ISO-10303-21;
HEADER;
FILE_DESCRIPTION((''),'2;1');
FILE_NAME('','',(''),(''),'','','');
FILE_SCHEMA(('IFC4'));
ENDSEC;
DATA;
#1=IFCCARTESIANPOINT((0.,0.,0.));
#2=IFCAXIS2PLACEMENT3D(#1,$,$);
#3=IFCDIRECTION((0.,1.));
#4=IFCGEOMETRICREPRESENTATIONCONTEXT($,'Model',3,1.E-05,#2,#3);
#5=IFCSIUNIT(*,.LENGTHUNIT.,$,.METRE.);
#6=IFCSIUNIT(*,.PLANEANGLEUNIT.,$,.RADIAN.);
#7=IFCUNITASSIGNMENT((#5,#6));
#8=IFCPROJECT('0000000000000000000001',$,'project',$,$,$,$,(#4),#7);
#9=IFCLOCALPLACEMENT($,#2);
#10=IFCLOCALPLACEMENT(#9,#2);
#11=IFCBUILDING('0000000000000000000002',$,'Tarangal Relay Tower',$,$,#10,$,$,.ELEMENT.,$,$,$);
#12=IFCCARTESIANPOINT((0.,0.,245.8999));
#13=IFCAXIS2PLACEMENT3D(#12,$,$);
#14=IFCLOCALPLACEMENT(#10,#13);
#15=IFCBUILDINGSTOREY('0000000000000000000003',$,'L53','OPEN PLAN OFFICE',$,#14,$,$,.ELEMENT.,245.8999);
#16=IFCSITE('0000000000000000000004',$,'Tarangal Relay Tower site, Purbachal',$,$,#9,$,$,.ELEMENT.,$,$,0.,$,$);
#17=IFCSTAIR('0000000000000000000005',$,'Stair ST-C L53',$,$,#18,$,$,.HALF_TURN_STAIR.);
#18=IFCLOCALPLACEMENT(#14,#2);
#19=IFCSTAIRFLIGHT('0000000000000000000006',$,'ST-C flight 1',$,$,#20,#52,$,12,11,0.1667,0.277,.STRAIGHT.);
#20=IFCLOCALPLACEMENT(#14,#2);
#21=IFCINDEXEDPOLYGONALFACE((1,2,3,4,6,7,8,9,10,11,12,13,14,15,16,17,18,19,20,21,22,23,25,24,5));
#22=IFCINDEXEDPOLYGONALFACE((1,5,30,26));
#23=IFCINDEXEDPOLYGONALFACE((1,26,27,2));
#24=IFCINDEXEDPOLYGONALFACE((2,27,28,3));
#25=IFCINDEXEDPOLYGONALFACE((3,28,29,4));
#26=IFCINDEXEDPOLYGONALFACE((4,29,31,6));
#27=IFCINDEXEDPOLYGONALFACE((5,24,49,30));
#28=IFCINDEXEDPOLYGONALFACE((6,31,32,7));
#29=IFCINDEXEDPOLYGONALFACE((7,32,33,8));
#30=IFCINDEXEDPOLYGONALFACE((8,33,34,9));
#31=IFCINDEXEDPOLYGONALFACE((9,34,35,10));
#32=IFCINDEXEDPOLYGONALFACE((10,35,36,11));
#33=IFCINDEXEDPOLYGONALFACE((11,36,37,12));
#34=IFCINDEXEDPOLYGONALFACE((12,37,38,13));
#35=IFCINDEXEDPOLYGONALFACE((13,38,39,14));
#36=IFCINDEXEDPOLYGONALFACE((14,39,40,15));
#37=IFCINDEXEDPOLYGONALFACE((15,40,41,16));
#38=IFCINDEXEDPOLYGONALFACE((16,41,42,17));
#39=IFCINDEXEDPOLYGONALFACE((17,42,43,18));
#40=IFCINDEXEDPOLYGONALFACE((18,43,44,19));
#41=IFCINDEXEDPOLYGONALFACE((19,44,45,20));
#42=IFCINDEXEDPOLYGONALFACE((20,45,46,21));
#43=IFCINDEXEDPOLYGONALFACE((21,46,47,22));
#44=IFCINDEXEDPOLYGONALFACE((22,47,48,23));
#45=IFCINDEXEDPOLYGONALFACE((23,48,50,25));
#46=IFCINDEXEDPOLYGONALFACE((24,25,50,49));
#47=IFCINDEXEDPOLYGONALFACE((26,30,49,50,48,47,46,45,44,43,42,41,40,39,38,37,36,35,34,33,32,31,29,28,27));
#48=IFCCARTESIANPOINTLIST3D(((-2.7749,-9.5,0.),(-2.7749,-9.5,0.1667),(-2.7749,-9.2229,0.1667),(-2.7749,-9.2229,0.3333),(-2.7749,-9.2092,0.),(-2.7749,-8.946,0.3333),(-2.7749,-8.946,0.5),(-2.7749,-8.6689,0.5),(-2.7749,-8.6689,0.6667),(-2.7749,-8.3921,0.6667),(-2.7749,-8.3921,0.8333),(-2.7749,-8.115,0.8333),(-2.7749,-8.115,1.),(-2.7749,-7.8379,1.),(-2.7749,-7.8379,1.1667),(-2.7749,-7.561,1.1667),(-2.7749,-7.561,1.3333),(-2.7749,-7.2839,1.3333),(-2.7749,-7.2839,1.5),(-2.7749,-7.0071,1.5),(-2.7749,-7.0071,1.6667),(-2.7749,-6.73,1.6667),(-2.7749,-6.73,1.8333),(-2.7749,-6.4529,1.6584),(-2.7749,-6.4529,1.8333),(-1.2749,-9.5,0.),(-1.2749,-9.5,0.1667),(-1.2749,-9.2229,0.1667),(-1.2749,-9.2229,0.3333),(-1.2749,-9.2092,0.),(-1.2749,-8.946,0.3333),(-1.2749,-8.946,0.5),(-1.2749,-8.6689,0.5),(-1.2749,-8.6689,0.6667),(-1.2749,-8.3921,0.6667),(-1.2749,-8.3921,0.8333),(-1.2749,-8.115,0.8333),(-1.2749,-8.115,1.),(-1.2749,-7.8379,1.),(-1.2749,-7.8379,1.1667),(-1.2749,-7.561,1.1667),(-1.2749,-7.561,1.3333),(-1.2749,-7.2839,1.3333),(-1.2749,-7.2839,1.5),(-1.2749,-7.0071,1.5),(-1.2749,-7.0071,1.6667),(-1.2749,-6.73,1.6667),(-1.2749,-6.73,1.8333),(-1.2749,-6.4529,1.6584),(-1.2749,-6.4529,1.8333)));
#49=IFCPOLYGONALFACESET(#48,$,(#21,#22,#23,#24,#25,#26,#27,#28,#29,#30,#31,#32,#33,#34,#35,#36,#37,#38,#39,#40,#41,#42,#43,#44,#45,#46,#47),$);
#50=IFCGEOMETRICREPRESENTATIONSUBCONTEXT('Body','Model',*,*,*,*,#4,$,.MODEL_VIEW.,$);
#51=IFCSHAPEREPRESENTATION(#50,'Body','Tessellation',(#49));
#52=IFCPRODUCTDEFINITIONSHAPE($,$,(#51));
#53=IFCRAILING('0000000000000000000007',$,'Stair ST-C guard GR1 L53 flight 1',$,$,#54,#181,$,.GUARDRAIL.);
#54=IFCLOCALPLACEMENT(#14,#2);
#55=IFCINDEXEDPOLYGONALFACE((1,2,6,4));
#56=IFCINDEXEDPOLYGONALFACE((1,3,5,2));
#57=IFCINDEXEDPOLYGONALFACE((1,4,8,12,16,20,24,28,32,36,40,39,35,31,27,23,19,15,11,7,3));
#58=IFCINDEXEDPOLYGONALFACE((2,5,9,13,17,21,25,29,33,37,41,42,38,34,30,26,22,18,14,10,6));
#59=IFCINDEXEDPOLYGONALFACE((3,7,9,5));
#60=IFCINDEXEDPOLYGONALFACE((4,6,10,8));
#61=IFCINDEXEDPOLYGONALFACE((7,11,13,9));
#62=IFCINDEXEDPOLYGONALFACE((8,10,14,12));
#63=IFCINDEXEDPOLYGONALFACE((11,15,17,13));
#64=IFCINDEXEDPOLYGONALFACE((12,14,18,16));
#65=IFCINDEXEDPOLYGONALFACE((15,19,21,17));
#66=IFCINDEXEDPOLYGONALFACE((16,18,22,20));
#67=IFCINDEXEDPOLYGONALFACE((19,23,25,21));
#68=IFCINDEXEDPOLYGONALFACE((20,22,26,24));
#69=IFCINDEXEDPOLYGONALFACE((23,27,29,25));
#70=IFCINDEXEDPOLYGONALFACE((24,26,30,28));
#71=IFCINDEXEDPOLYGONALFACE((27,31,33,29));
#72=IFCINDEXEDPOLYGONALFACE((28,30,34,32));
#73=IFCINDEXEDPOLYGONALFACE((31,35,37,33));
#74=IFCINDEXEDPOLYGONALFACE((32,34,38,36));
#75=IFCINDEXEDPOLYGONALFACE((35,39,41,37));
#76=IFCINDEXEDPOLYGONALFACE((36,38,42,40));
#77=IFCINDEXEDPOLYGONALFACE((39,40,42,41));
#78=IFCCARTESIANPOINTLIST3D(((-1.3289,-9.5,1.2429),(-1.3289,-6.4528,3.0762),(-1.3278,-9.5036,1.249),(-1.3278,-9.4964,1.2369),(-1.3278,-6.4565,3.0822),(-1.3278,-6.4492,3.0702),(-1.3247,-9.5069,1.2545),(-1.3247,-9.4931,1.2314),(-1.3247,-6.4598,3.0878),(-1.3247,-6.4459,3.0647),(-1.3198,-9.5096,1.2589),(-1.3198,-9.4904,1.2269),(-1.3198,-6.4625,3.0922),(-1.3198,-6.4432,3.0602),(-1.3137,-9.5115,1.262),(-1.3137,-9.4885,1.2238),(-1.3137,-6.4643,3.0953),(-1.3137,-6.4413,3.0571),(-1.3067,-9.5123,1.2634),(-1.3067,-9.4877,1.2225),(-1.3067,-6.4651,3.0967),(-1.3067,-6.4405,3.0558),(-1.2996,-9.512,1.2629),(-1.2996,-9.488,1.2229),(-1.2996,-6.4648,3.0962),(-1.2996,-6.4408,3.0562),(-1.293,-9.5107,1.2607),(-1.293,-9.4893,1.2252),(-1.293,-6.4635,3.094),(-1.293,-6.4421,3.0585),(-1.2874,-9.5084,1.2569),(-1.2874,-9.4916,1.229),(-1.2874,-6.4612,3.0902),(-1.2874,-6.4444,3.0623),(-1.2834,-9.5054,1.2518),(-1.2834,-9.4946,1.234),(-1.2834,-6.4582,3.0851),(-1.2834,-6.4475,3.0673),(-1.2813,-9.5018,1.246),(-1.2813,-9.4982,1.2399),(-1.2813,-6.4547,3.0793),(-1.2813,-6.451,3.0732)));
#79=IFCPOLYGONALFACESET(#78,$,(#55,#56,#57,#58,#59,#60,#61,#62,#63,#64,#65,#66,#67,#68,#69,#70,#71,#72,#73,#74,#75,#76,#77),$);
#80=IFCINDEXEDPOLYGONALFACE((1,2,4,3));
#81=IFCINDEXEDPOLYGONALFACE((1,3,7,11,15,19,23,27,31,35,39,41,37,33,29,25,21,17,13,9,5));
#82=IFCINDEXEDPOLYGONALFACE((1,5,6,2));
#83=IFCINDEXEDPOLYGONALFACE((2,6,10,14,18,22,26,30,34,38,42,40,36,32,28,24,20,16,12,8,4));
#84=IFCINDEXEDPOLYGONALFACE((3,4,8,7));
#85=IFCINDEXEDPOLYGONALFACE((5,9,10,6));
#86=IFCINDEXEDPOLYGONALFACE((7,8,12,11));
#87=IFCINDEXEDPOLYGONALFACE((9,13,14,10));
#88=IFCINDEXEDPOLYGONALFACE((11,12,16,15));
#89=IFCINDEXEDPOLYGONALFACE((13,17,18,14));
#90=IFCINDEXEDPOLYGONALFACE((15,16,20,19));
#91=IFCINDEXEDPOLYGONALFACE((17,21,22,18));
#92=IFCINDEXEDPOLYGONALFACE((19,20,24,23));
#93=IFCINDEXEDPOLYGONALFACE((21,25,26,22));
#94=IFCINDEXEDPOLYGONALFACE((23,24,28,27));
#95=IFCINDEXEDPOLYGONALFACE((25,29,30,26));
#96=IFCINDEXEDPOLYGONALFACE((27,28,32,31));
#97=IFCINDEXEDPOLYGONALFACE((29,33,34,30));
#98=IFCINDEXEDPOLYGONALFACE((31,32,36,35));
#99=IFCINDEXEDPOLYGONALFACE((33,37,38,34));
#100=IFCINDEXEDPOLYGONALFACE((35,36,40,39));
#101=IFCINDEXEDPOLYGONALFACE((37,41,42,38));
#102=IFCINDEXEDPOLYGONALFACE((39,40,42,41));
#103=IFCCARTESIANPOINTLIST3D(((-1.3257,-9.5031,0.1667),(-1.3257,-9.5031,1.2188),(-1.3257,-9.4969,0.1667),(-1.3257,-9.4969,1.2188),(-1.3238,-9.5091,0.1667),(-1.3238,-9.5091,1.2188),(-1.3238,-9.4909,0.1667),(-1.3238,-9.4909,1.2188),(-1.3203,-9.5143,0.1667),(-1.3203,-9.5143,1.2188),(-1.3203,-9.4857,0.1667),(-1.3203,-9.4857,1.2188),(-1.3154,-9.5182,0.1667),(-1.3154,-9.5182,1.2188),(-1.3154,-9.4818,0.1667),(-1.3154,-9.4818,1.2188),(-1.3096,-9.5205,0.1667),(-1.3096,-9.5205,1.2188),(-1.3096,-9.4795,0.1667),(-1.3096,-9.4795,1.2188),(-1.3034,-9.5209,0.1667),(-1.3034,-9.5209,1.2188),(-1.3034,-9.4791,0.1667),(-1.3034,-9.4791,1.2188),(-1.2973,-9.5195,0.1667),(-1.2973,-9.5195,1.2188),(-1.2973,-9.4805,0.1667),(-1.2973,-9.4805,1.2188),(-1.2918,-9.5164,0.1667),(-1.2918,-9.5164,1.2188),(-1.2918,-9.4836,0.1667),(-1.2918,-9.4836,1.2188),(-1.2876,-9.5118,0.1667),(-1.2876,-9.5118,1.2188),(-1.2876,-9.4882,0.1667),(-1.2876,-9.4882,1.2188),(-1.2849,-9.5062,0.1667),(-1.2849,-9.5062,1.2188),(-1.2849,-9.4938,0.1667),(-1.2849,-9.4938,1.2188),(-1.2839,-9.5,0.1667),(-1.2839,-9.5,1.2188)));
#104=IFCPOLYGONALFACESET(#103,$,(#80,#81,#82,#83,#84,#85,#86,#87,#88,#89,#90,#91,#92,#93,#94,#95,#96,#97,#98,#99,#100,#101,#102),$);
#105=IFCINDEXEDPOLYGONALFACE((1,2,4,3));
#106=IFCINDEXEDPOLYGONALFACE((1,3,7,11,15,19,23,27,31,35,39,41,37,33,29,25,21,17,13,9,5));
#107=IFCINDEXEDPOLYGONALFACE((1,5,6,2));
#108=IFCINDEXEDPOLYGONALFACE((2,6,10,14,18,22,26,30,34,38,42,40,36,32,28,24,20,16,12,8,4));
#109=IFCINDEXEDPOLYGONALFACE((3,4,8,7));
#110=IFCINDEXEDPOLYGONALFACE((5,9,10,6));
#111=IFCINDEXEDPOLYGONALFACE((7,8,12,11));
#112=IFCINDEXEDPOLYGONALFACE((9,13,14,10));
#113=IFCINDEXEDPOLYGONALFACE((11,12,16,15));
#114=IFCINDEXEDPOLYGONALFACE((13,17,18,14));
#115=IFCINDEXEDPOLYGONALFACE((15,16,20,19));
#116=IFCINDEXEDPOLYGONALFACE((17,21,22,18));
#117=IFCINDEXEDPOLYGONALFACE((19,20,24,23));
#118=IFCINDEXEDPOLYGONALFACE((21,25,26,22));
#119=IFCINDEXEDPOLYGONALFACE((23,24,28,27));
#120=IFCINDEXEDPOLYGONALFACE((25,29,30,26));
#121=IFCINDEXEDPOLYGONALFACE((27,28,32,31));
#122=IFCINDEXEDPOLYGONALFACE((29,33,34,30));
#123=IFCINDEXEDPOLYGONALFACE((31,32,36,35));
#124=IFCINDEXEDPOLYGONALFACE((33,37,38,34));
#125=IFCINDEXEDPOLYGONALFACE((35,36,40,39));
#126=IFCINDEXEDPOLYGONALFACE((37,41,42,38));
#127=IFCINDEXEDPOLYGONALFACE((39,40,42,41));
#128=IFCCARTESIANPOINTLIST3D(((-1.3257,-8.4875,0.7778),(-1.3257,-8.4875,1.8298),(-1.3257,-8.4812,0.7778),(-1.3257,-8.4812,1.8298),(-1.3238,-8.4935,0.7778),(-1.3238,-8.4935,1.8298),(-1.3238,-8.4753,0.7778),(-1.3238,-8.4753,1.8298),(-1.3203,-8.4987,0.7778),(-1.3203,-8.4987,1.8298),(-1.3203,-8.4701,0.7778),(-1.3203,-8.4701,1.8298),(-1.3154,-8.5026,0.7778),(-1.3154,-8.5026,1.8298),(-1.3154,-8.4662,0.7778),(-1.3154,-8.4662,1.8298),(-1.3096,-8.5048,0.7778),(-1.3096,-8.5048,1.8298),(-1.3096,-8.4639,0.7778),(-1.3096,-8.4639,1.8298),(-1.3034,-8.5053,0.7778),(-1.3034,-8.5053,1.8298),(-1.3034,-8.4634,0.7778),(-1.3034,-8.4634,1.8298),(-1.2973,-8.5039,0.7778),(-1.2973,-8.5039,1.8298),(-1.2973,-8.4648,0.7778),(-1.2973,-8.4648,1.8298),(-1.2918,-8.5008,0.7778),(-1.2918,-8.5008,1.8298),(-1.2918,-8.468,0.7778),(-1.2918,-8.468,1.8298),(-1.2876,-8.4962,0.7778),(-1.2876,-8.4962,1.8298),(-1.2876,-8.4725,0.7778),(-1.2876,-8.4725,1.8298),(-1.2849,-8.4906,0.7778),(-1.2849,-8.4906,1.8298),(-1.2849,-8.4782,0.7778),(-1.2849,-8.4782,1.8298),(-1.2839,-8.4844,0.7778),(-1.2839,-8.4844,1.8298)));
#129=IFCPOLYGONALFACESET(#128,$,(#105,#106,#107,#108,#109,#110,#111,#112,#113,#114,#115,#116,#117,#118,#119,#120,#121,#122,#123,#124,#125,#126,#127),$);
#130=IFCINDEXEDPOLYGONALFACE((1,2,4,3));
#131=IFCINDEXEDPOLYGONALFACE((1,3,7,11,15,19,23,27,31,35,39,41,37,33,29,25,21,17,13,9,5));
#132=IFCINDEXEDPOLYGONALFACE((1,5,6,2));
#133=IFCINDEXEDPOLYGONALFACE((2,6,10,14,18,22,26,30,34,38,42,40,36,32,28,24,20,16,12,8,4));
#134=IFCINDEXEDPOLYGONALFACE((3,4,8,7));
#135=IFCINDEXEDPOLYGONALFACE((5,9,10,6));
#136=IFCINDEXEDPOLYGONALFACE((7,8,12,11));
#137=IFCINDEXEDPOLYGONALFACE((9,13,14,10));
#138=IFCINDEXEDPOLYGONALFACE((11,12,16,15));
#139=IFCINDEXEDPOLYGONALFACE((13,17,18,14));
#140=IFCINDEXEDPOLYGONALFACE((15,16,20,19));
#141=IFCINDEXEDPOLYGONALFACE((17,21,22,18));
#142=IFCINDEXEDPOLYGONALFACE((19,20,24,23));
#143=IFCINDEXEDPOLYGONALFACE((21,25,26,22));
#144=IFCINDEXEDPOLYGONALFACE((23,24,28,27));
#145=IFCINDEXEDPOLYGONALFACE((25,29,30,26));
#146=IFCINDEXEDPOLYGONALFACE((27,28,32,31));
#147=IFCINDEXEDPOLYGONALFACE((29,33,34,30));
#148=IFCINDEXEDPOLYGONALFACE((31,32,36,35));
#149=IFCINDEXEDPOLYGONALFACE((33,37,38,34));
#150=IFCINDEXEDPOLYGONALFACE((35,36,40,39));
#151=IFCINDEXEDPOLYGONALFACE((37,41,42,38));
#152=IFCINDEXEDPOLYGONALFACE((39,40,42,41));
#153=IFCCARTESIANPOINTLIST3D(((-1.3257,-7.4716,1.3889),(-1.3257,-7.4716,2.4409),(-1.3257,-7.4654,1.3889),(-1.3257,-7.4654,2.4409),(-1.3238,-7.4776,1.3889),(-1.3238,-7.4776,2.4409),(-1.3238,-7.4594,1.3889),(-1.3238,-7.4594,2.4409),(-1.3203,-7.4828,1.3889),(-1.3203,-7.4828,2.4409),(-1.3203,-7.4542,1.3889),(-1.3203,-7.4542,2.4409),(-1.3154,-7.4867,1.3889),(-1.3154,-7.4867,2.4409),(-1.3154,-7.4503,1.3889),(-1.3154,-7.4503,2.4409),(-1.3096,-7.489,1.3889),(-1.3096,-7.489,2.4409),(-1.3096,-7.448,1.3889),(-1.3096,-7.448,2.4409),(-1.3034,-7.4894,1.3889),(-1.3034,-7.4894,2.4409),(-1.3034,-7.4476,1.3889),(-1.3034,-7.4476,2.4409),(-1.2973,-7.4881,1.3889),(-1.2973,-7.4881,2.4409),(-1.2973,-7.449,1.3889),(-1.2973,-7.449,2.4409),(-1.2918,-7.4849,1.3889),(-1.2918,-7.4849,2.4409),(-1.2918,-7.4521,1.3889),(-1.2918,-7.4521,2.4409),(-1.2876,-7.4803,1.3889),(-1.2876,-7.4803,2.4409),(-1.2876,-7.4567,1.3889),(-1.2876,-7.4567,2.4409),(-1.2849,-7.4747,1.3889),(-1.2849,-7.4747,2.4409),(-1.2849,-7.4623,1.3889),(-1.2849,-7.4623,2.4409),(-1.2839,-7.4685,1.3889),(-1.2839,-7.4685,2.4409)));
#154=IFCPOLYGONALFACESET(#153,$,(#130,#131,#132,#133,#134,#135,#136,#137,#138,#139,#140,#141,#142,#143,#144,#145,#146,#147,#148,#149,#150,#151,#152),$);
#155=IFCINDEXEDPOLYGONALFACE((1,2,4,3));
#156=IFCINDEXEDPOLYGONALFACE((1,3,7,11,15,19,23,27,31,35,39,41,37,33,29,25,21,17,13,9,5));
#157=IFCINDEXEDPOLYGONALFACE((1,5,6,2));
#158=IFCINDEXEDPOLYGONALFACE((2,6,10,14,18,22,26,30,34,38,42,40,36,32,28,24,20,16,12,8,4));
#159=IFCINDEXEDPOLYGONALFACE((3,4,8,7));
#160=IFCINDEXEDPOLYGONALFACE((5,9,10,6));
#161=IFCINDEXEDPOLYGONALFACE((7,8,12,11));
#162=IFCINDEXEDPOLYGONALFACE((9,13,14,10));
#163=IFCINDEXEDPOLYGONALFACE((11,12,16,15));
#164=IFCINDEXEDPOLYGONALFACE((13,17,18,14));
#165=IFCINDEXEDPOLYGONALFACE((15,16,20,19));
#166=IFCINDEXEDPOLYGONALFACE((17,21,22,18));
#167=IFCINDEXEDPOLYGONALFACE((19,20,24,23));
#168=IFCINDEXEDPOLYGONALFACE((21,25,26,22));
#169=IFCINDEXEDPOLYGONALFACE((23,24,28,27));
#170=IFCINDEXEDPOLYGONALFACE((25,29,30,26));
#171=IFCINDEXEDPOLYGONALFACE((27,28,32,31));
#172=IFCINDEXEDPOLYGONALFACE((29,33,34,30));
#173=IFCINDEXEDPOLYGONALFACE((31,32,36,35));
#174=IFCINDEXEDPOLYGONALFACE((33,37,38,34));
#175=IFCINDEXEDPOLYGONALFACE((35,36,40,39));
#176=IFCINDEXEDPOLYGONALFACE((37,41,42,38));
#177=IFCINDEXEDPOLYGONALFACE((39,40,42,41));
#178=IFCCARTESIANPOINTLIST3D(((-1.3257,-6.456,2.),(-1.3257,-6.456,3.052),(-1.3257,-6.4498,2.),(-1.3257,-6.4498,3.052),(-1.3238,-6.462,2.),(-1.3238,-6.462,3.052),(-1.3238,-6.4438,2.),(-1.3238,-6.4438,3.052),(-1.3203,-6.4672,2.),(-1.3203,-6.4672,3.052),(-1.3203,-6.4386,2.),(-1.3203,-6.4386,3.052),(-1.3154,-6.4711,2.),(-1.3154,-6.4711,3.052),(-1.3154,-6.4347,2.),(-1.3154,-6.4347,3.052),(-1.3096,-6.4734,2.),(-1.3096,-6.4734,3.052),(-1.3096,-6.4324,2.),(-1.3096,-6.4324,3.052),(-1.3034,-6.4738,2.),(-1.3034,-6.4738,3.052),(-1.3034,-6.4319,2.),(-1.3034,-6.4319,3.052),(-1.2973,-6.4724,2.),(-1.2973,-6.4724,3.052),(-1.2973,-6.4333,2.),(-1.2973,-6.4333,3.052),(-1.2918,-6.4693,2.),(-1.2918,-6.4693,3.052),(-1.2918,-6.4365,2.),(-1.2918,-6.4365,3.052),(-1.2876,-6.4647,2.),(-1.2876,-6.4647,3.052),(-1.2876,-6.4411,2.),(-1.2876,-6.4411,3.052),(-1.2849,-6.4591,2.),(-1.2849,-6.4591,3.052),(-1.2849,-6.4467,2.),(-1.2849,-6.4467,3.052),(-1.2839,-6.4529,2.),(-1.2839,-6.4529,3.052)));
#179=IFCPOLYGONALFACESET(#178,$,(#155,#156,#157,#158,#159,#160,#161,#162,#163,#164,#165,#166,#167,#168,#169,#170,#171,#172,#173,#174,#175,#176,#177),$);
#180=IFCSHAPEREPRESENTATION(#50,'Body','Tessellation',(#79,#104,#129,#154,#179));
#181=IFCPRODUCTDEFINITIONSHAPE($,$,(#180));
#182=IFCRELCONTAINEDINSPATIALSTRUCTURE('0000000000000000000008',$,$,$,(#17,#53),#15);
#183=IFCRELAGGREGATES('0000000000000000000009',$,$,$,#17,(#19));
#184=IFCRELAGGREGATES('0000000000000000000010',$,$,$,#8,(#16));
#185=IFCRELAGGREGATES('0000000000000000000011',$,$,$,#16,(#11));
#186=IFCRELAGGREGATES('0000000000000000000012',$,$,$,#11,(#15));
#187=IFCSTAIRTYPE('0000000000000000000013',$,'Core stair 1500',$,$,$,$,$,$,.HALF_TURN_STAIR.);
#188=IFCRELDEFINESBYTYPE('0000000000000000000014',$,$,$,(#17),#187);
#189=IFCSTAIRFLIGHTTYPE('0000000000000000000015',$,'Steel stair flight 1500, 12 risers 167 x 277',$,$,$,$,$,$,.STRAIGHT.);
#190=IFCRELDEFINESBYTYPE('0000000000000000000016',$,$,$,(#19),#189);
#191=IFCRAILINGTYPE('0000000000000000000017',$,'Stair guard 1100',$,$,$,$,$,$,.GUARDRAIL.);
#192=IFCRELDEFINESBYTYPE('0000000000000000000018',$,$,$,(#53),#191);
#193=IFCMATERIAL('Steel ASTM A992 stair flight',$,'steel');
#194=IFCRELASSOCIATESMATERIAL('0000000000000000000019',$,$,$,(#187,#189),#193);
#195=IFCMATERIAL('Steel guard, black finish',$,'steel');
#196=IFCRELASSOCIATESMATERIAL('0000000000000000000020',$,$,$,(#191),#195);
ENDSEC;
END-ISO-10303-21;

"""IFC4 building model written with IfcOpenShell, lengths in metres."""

from ifc_helpers import new_model, si_unit, direction, frame, origin, origin_2d, place, context, subcontext, project, spatial, polyline, circle, outline, extrude, material, type_object, element, aggregate, save


model = new_model("IFC4")

# Units and contexts
model_context = context("Model", 3, precision=1e-05, world=origin(), true_north=direction((0.0, 1.0)))
body_context = subcontext(model_context, "Body", "Model", "MODEL_VIEW")
ifc_project = project(units=[si_unit("LENGTHUNIT", "METRE"), si_unit("PLANEANGLEUNIT", "RADIAN")], contexts=[model_context])

# Site, building, storey
site_placement = place(None, origin())
site = spatial("IfcSite", under=ifc_project, at=site_placement, Name="Tarangal Relay Tower site, Purbachal", CompositionType="ELEMENT", RefElevation=0.0)
building_placement = place(site_placement, origin())
building = spatial("IfcBuilding", under=site, at=building_placement, Name="Tarangal Relay Tower", CompositionType="ELEMENT")
storey_placement = place(building_placement, frame((0.0, 0.0, 245.8999)))
storey = spatial("IfcBuildingStorey", under=building, at=storey_placement, Name="L53", Description="OPEN PLAN OFFICE", CompositionType="ELEMENT", Elevation=245.8999)

# Stair, stair flight
ifc_material_1 = material(Name="Steel ASTM A992 stair flight", Category="steel")
stair_type = type_object("IfcStairType", Name="Core stair 1500", PredefinedType="HALF_TURN_STAIR", material=ifc_material_1)
stair_placement = place(storey_placement, origin())
stair = element("IfcStair", 1, at=stair_placement, inside=storey, type_object=stair_type, Name="Stair ST-C L53", PredefinedType="HALF_TURN_STAIR")
stair_flight_type = type_object("IfcStairFlightType", Name="Steel stair flight 1500, 12 risers 167 x 277", PredefinedType="STRAIGHT", material=ifc_material_1)
stair_flight_placement = place(storey_placement, frame((-2.0249, -9.5, 0.0), z_axis=(0.0, 0.0, 1.0), x_axis=(0.0, 1.0, 0.0)))
stair_flight = element("IfcStairFlight", 2, at=stair_flight_placement, type_object=stair_flight_type, Name="ST-C flight 1", NumberOfRisers=12, NumberOfTreads=11, PredefinedType="STRAIGHT", RiserHeight=0.1667, TreadLength=0.277, context=body_context, shape_type="SweptSolid", body=[
    extrude(outline(polyline([(0.0, 0.0), (0.0, 0.1667), (0.2771, 0.1667), (0.2771, 0.3333), (0.554, 0.3333), (0.554, 0.5), (0.8311, 0.5), (0.8311, 0.6667), (1.1079, 0.6667), (1.1079, 0.8333), (1.385, 0.8333), (1.385, 1.0), (1.6621, 1.0), (1.6621, 1.1667), (1.939, 1.1667), (1.939, 1.3333), (2.2161, 1.3333), (2.2161, 1.5), (2.4929, 1.5), (2.4929, 1.6667), (2.77, 1.6667), (2.77, 1.8333), (3.0471, 1.8333), (3.0471, 2.0), (3.0471, 1.6584), (0.2908, 0.0), (0.0, 0.0)])), frame((0.0, 0.75, 0.0), z_axis=(0.0, -1.0, 0.0), x_axis=(1.0, 0.0, 0.0)), (0.0, 0.0, 1.0), 1.5),
])
aggregate(stair, [stair_flight])

# Railing
ifc_material_2 = material(Name="Steel guard, black finish", Category="steel")
railing_type_1 = type_object("IfcRailingType", Name="Stair guard 1100", PredefinedType="GUARDRAIL", material=ifc_material_2)
railing_1_placement = place(storey_placement, frame((-1.3049, -9.5, 0.1667)))
element("IfcRailing", 3, at=railing_1_placement, inside=storey, type_object=railing_type_1, Name="Stair ST-C guard GR1 L53 flight 1", PredefinedType="GUARDRAIL", context=body_context, shape_type="SweptSolid", body=[
    extrude(circle(Radius=0.0239, at=origin_2d()), frame((0.0, 0.0, 1.0762), z_axis=(0.0, 0.856874, 0.515525), x_axis=(-1.0, 0.0, 0.0)), (0.0, 0.0, 1.0), 3.5562),
    extrude(circle(Radius=0.021, at=origin_2d()), origin(), (0.0, 0.0, 1.0), 1.052),
    extrude(circle(Radius=0.021, at=origin_2d()), frame((0.0, 1.0156, 0.6111)), (0.0, 0.0, 1.0), 1.052),
    extrude(circle(Radius=0.021, at=origin_2d()), frame((0.0, 2.0315, 1.2222)), (0.0, 0.0, 1.0), 1.052),
    extrude(circle(Radius=0.021, at=origin_2d()), frame((0.0, 3.0471, 1.8333)), (0.0, 0.0, 1.0), 1.052),
])

save(model, "model.ifc")
